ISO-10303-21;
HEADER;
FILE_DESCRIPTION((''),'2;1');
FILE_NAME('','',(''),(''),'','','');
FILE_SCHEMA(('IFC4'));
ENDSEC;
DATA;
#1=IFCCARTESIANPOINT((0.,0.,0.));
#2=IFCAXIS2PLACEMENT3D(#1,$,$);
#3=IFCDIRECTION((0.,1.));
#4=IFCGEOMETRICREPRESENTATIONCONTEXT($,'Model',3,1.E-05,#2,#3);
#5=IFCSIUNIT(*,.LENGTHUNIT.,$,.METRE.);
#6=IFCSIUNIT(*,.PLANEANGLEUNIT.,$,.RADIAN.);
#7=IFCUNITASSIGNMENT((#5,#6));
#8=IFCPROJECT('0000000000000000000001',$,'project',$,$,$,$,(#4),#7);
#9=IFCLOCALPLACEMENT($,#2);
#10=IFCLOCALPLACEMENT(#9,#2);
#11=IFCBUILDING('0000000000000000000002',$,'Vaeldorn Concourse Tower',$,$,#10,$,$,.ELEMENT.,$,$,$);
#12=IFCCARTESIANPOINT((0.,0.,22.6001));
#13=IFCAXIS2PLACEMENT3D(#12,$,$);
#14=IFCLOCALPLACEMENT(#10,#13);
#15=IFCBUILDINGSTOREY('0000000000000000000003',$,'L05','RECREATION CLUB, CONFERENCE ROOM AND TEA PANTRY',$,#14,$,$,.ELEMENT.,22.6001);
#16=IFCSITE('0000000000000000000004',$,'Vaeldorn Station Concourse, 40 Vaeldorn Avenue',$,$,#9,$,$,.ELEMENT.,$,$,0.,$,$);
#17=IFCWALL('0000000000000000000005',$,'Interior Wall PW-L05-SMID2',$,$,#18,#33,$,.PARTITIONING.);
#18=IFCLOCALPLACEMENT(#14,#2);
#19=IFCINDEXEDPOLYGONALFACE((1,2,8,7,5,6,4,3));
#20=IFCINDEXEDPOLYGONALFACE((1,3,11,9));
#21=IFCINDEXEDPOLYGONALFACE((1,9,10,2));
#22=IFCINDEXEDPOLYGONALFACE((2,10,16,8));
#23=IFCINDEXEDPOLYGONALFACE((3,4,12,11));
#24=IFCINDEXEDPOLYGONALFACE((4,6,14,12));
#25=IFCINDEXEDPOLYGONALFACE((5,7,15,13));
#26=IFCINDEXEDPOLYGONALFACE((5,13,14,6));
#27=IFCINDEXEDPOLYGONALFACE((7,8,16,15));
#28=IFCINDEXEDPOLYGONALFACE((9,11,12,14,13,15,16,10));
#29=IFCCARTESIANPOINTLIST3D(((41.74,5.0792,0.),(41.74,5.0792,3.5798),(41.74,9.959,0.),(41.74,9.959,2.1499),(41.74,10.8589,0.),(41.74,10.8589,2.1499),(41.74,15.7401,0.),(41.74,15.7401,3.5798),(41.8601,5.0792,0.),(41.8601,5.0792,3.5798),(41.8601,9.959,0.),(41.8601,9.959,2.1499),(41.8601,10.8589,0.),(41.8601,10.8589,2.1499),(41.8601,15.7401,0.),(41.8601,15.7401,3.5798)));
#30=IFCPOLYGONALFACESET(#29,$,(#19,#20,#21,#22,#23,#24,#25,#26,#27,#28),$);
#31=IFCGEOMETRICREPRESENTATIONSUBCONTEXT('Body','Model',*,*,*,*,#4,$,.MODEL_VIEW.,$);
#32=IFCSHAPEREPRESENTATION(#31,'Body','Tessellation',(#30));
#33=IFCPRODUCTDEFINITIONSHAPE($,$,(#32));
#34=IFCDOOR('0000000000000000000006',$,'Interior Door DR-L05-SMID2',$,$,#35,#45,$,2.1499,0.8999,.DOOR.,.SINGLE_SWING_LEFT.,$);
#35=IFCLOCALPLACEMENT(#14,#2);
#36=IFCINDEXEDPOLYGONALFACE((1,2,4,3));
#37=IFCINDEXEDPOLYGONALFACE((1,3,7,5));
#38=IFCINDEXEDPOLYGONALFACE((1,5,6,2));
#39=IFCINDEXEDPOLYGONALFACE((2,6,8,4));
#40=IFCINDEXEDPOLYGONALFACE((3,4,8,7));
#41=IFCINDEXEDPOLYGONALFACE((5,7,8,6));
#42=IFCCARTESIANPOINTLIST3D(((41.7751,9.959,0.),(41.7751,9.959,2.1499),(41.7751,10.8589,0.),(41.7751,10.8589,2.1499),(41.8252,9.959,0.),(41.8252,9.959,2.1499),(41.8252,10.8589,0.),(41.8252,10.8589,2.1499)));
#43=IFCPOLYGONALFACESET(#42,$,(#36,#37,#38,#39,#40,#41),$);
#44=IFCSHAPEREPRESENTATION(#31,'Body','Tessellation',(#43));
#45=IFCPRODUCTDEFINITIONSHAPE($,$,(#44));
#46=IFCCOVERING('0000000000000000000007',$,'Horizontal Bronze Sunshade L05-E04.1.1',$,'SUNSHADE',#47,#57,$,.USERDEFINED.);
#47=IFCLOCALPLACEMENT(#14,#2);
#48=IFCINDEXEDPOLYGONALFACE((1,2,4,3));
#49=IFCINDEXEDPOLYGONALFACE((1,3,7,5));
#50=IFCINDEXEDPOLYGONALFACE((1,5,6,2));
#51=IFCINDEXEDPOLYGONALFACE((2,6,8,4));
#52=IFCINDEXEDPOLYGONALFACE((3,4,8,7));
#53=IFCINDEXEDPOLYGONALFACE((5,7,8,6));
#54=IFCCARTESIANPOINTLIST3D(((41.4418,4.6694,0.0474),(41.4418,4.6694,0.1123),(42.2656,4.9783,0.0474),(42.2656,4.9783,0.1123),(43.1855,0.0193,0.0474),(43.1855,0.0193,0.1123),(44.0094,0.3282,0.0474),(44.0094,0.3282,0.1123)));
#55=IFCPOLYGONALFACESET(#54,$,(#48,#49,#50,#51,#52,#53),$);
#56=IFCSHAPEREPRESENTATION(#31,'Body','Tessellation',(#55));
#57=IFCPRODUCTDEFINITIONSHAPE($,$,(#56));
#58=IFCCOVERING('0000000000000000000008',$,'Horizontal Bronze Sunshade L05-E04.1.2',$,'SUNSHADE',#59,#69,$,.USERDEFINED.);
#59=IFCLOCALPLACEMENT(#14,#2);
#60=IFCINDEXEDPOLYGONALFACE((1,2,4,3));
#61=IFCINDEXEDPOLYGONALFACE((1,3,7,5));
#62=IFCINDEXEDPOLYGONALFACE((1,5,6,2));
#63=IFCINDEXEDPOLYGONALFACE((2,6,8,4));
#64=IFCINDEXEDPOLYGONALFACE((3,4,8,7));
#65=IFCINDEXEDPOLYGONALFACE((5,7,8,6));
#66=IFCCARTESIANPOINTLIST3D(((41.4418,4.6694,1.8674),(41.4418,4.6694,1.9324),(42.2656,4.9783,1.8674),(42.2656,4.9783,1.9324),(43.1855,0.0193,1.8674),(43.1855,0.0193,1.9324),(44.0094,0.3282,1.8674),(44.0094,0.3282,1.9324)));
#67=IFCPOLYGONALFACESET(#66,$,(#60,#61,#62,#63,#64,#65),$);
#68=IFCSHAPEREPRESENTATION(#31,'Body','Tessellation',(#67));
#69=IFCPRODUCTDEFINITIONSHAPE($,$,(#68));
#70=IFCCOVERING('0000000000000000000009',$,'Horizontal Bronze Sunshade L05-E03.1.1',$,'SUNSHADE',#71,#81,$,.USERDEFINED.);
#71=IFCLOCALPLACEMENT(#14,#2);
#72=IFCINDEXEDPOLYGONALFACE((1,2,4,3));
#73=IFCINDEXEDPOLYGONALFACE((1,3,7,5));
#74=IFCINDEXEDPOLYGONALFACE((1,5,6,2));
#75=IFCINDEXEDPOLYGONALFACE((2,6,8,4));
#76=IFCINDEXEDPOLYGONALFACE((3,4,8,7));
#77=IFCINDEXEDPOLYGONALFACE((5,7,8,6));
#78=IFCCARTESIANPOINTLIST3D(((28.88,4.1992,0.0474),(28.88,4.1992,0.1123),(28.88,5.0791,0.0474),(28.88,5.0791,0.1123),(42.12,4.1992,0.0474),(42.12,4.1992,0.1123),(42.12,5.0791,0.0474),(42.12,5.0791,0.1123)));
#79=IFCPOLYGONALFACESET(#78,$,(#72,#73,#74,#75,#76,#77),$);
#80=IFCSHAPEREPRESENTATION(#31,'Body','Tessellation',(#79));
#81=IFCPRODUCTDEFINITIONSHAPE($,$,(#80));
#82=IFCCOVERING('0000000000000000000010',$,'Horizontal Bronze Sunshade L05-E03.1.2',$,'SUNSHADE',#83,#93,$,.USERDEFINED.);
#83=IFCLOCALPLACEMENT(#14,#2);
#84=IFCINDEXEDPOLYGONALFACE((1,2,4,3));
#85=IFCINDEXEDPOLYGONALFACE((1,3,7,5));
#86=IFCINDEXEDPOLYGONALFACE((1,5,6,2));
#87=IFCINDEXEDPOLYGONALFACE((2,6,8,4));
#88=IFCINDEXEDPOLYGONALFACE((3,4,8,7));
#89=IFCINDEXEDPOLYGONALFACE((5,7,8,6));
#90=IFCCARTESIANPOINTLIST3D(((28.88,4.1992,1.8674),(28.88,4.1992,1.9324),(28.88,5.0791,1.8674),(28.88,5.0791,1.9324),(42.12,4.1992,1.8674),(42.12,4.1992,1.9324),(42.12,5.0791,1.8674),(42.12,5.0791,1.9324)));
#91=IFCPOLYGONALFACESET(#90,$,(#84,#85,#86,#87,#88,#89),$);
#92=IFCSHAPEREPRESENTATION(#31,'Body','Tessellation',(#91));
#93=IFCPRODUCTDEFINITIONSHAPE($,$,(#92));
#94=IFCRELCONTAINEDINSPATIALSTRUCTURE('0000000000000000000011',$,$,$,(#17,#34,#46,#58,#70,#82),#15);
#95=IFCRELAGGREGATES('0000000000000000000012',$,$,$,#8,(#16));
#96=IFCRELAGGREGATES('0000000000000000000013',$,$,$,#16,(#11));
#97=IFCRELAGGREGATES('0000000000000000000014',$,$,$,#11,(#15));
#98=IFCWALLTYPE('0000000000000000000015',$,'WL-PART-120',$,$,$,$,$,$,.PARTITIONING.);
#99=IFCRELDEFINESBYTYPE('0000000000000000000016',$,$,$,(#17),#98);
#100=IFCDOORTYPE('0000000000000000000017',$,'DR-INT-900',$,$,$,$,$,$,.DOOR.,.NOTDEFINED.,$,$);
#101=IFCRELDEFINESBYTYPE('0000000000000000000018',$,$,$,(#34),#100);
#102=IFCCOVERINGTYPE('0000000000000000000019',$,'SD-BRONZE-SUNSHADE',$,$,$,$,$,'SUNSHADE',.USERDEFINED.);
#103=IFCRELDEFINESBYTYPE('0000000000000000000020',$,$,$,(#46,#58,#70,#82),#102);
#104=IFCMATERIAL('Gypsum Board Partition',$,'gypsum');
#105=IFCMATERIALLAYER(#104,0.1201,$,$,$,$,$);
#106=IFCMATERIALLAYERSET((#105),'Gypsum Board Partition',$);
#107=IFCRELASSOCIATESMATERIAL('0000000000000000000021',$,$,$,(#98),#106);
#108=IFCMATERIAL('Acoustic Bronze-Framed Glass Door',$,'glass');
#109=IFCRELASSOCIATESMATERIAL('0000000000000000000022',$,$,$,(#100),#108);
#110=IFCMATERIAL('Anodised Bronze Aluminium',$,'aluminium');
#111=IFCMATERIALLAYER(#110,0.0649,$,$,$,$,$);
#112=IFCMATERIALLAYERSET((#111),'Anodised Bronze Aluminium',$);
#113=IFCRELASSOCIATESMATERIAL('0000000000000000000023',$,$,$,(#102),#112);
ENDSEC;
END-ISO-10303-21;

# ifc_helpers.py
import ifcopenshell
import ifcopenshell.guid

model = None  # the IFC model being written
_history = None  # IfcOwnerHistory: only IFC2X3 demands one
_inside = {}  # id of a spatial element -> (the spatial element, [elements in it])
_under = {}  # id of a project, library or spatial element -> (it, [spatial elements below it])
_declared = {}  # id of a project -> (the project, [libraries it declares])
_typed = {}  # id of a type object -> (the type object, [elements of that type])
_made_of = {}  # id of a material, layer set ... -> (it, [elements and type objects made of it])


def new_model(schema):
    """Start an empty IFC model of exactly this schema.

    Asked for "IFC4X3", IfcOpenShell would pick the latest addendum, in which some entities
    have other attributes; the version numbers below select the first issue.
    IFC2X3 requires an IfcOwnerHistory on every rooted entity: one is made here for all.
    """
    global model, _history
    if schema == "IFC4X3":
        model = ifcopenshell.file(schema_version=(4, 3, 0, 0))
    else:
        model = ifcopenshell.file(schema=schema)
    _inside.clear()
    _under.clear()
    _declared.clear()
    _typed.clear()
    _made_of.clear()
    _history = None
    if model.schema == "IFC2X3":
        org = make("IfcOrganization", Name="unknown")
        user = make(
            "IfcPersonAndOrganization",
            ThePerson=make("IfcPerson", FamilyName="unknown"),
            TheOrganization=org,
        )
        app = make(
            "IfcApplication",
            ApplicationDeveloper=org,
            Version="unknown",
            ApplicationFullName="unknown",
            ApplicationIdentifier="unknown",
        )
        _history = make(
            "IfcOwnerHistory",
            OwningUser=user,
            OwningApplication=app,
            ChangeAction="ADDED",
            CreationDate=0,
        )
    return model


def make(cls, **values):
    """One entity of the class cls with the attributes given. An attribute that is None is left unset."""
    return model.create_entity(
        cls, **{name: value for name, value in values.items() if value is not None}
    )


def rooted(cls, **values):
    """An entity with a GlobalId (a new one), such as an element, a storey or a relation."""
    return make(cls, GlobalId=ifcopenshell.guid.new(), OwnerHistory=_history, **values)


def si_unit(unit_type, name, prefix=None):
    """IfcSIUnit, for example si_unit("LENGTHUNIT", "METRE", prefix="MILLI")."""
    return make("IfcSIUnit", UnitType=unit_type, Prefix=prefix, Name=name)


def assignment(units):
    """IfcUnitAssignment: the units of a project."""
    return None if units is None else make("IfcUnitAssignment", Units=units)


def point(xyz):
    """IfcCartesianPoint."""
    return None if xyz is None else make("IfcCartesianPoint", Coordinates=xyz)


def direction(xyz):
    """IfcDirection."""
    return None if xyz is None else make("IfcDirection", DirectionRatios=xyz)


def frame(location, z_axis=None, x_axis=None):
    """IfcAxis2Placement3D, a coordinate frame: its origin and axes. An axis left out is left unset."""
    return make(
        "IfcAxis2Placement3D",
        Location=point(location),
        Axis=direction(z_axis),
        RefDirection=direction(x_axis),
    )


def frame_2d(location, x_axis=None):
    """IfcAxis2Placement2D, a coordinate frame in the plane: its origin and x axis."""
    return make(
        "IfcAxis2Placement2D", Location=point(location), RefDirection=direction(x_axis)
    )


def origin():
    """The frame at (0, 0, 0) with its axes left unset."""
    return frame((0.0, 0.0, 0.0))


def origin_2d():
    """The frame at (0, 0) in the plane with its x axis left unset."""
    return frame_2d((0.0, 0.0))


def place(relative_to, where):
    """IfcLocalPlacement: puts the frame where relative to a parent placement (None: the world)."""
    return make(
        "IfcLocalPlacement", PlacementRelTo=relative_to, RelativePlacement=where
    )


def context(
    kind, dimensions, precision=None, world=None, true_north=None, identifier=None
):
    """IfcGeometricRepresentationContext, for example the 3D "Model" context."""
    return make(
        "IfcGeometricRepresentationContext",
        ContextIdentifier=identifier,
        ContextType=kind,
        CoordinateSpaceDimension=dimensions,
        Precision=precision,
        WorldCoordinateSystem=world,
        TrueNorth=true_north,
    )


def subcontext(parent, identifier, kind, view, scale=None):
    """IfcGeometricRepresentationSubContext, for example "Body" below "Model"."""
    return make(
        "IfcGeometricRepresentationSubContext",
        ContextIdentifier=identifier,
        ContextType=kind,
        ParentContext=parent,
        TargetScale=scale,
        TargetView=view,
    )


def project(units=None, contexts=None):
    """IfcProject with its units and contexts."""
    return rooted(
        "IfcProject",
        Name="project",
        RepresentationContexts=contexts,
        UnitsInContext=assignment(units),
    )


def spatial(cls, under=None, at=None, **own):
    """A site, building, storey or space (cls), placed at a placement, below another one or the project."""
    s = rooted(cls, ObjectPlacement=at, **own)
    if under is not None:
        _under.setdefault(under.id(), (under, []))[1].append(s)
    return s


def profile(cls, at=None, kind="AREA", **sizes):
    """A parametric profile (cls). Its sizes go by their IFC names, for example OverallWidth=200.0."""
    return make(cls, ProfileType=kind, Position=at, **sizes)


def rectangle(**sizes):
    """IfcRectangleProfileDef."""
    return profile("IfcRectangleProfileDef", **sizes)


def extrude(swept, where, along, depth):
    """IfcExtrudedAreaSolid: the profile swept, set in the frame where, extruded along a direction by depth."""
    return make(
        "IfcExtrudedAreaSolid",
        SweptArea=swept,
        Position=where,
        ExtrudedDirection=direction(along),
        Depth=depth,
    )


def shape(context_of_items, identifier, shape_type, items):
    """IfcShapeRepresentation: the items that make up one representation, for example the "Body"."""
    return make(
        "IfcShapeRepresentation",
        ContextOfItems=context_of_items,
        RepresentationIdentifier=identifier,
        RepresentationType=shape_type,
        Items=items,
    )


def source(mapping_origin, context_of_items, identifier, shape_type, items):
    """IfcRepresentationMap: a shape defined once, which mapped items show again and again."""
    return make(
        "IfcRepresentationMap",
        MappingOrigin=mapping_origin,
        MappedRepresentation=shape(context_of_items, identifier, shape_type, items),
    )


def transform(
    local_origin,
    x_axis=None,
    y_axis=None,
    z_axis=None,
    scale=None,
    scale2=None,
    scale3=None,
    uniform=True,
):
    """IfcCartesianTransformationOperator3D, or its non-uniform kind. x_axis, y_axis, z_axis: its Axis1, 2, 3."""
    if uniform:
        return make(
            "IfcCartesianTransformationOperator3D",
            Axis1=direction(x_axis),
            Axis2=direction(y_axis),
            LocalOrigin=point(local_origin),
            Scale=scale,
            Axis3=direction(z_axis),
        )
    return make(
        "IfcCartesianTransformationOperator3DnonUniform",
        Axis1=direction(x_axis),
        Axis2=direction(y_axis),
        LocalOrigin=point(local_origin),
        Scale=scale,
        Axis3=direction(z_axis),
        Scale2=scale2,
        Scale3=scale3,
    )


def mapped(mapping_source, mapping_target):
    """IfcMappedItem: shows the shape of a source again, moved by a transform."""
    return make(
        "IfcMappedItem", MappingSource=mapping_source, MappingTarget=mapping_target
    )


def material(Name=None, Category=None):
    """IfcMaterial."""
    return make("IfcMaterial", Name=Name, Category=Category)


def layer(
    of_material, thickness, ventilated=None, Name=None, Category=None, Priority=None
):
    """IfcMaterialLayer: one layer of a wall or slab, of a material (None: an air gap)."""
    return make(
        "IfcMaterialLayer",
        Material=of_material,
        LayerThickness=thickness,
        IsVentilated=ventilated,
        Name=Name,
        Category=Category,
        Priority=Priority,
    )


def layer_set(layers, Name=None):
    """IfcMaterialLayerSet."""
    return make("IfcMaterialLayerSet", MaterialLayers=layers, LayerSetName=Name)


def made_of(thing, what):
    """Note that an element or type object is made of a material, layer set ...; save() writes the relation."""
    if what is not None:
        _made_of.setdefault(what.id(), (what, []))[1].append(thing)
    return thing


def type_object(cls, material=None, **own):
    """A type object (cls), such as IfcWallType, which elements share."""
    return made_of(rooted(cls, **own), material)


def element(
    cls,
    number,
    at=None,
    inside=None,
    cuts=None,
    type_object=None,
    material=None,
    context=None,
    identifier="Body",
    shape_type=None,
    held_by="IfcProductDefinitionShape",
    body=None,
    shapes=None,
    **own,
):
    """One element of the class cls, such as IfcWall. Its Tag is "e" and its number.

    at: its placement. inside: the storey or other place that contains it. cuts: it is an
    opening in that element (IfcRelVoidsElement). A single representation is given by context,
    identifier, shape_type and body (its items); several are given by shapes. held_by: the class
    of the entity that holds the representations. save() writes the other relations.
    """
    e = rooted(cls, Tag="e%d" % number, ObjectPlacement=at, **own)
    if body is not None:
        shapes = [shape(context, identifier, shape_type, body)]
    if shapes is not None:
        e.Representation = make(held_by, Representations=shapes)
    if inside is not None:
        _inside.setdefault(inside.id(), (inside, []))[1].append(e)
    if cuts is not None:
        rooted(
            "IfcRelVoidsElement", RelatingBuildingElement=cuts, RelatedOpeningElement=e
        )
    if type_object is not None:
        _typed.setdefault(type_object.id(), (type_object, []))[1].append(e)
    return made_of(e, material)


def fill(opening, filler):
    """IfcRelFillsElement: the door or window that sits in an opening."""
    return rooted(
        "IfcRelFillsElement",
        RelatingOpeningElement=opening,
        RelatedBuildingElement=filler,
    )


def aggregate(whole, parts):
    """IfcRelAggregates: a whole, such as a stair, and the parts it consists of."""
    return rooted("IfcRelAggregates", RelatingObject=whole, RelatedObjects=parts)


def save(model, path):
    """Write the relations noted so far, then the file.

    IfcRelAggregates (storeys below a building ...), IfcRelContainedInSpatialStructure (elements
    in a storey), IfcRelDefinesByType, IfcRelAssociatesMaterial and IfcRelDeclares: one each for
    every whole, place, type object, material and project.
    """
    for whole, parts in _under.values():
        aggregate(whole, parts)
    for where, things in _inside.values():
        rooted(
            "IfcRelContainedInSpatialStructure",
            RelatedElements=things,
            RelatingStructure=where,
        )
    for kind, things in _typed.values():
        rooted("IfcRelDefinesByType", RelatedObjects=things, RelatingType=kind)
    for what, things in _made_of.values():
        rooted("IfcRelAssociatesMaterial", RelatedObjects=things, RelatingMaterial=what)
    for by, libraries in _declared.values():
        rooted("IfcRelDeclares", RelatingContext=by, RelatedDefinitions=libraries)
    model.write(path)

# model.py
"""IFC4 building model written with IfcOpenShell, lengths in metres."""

from ifc_helpers import new_model, si_unit, direction, frame, frame_2d, origin, origin_2d, place, context, subcontext, project, spatial, rectangle, extrude, source, transform, mapped, material, layer, layer_set, type_object, element, fill, save


model = new_model("IFC4")

# Units and contexts
model_context = context("Model", 3, precision=1e-05, world=origin(), true_north=direction((0.0, 1.0)))
body_context = subcontext(model_context, "Body", "Model", "MODEL_VIEW")
ifc_project = project(units=[si_unit("LENGTHUNIT", "METRE"), si_unit("PLANEANGLEUNIT", "RADIAN")], contexts=[model_context])

# Site, building, storey
site_placement = place(None, origin())
site = spatial("IfcSite", under=ifc_project, at=site_placement, Name="Vaeldorn Station Concourse, 40 Vaeldorn Avenue", CompositionType="ELEMENT", RefElevation=0.0)
building_placement = place(site_placement, origin())
building = spatial("IfcBuilding", under=site, at=building_placement, Name="Vaeldorn Concourse Tower", CompositionType="ELEMENT")
storey_placement = place(building_placement, frame((0.0, 0.0, 22.6001)))
storey = spatial("IfcBuildingStorey", under=building, at=storey_placement, Name="L05", Description="RECREATION CLUB, CONFERENCE ROOM AND TEA PANTRY", CompositionType="ELEMENT", Elevation=22.6001)

# Shared definitions
ifc_material_1 = material(Name="Anodised Bronze Aluminium", Category="aluminium")

# Wall, opening, door
ifc_material_2 = material(Name="Gypsum Board Partition", Category="gypsum")
ifc_layer_1 = layer(ifc_material_2, 0.1201)
ifc_layer_set_1 = layer_set([ifc_layer_1], Name="Gypsum Board Partition")
wall_type = type_object("IfcWallType", Name="WL-PART-120", PredefinedType="PARTITIONING", material=ifc_layer_set_1)
wall_placement = place(storey_placement, frame((41.8, 5.0791, 0.0), z_axis=(0.0, 0.0, 1.0), x_axis=(0.0, 1.0, 0.0)))
wall = element("IfcWall", 1, at=wall_placement, inside=storey, type_object=wall_type, Name="Interior Wall PW-L05-SMID2", PredefinedType="PARTITIONING", context=body_context, shape_type="SweptSolid", body=[
    extrude(rectangle(XDim=10.6609, YDim=0.1201, at=frame_2d((5.3306, 0.0))), origin(), (0.0, 0.0, 1.0), 3.5798),
])
opening_placement = place(wall_placement, frame((4.8799, 0.0, 0.0)))
opening = element("IfcOpeningElement", 2, at=opening_placement, cuts=wall, PredefinedType="OPENING", context=body_context, shape_type="SweptSolid", body=[
    extrude(rectangle(XDim=0.8999, YDim=2.1499, at=frame_2d((0.45, 1.075))), frame((0.0, 0.0701, 0.0), z_axis=(0.0, -1.0, 0.0), x_axis=(1.0, 0.0, 0.0)), (0.0, 0.0, 1.0), 0.1401),
])
ifc_material_3 = material(Name="Acoustic Bronze-Framed Glass Door", Category="glass")
door_type = type_object("IfcDoorType", Name="DR-INT-900", OperationType="NOTDEFINED", PredefinedType="DOOR", material=ifc_material_3)
shared_shape_1 = source(origin(), body_context, "Body", "SweptSolid", [
    extrude(rectangle(XDim=0.8999, YDim=2.1499, at=frame_2d((0.45, 1.075))), frame((0.0, 0.0249, 0.0), z_axis=(0.0, -1.0, 0.0), x_axis=(1.0, 0.0, 0.0)), (0.0, 0.0, 1.0), 0.05),
])
door_placement = place(opening_placement, origin())
door = element("IfcDoor", 3, at=door_placement, inside=storey, type_object=door_type, Name="Interior Door DR-L05-SMID2", OperationType="SINGLE_SWING_LEFT", OverallHeight=2.1499, OverallWidth=0.8999, PredefinedType="DOOR", context=body_context, shape_type="MappedRepresentation", body=[
    mapped(shared_shape_1, transform((0.0, 0.0, 0.0), scale=1.0)),
])
fill(opening, door)

# Coverings
ifc_layer_2 = layer(ifc_material_1, 0.0649)
ifc_layer_set_2 = layer_set([ifc_layer_2], Name="Anodised Bronze Aluminium")
covering_type = type_object("IfcCoveringType", Name="SD-BRONZE-SUNSHADE", ElementType="SUNSHADE", PredefinedType="USERDEFINED", material=ifc_layer_set_2)
shared_shape_2 = source(origin(), body_context, "Body", "SweptSolid", [
    extrude(rectangle(XDim=4.9663, YDim=0.8799, at=origin_2d()), origin(), (0.0, 0.0, 1.0), 0.0649),
])
for number, where, z_axis, x_axis, name in (
    (4, (42.7256, 2.4988, 0.0474), (0.0, 0.0, 1.0), (0.351123, -0.936329, 0.0), "Horizontal Bronze Sunshade L05-E04.1.1"),
    (5, (42.7256, 2.4988, 1.8674), (0.0, 0.0, 1.0), (0.351123, -0.936329, 0.0), "Horizontal Bronze Sunshade L05-E04.1.2"),
):
    element("IfcCovering", number, at=place(storey_placement, frame(where, z_axis=z_axis, x_axis=x_axis)), inside=storey, type_object=covering_type, Name=name, ObjectType="SUNSHADE", PredefinedType="USERDEFINED", context=body_context, shape_type="MappedRepresentation", body=[
        mapped(shared_shape_2, transform((0.0, 0.0, 0.0), scale=1.0)),
    ])
shared_shape_3 = source(origin(), body_context, "Body", "SweptSolid", [
    extrude(rectangle(XDim=13.24, YDim=0.8799, at=origin_2d()), origin(), (0.0, 0.0, 1.0), 0.0649),
])
for number, where, z_axis, x_axis, name in (
    (6, (35.5, 4.6392, 0.0474), (0.0, 0.0, 1.0), (1.0, 0.0, 0.0), "Horizontal Bronze Sunshade L05-E03.1.1"),
    (7, (35.5, 4.6392, 1.8674), (0.0, 0.0, 1.0), (1.0, 0.0, 0.0), "Horizontal Bronze Sunshade L05-E03.1.2"),
):
    element("IfcCovering", number, at=place(storey_placement, frame(where, z_axis=z_axis, x_axis=x_axis)), inside=storey, type_object=covering_type, Name=name, ObjectType="SUNSHADE", PredefinedType="USERDEFINED", context=body_context, shape_type="MappedRepresentation", body=[
        mapped(shared_shape_3, transform((0.0, 0.0, 0.0), scale=1.0)),
    ])

save(model, "model.ifc")
